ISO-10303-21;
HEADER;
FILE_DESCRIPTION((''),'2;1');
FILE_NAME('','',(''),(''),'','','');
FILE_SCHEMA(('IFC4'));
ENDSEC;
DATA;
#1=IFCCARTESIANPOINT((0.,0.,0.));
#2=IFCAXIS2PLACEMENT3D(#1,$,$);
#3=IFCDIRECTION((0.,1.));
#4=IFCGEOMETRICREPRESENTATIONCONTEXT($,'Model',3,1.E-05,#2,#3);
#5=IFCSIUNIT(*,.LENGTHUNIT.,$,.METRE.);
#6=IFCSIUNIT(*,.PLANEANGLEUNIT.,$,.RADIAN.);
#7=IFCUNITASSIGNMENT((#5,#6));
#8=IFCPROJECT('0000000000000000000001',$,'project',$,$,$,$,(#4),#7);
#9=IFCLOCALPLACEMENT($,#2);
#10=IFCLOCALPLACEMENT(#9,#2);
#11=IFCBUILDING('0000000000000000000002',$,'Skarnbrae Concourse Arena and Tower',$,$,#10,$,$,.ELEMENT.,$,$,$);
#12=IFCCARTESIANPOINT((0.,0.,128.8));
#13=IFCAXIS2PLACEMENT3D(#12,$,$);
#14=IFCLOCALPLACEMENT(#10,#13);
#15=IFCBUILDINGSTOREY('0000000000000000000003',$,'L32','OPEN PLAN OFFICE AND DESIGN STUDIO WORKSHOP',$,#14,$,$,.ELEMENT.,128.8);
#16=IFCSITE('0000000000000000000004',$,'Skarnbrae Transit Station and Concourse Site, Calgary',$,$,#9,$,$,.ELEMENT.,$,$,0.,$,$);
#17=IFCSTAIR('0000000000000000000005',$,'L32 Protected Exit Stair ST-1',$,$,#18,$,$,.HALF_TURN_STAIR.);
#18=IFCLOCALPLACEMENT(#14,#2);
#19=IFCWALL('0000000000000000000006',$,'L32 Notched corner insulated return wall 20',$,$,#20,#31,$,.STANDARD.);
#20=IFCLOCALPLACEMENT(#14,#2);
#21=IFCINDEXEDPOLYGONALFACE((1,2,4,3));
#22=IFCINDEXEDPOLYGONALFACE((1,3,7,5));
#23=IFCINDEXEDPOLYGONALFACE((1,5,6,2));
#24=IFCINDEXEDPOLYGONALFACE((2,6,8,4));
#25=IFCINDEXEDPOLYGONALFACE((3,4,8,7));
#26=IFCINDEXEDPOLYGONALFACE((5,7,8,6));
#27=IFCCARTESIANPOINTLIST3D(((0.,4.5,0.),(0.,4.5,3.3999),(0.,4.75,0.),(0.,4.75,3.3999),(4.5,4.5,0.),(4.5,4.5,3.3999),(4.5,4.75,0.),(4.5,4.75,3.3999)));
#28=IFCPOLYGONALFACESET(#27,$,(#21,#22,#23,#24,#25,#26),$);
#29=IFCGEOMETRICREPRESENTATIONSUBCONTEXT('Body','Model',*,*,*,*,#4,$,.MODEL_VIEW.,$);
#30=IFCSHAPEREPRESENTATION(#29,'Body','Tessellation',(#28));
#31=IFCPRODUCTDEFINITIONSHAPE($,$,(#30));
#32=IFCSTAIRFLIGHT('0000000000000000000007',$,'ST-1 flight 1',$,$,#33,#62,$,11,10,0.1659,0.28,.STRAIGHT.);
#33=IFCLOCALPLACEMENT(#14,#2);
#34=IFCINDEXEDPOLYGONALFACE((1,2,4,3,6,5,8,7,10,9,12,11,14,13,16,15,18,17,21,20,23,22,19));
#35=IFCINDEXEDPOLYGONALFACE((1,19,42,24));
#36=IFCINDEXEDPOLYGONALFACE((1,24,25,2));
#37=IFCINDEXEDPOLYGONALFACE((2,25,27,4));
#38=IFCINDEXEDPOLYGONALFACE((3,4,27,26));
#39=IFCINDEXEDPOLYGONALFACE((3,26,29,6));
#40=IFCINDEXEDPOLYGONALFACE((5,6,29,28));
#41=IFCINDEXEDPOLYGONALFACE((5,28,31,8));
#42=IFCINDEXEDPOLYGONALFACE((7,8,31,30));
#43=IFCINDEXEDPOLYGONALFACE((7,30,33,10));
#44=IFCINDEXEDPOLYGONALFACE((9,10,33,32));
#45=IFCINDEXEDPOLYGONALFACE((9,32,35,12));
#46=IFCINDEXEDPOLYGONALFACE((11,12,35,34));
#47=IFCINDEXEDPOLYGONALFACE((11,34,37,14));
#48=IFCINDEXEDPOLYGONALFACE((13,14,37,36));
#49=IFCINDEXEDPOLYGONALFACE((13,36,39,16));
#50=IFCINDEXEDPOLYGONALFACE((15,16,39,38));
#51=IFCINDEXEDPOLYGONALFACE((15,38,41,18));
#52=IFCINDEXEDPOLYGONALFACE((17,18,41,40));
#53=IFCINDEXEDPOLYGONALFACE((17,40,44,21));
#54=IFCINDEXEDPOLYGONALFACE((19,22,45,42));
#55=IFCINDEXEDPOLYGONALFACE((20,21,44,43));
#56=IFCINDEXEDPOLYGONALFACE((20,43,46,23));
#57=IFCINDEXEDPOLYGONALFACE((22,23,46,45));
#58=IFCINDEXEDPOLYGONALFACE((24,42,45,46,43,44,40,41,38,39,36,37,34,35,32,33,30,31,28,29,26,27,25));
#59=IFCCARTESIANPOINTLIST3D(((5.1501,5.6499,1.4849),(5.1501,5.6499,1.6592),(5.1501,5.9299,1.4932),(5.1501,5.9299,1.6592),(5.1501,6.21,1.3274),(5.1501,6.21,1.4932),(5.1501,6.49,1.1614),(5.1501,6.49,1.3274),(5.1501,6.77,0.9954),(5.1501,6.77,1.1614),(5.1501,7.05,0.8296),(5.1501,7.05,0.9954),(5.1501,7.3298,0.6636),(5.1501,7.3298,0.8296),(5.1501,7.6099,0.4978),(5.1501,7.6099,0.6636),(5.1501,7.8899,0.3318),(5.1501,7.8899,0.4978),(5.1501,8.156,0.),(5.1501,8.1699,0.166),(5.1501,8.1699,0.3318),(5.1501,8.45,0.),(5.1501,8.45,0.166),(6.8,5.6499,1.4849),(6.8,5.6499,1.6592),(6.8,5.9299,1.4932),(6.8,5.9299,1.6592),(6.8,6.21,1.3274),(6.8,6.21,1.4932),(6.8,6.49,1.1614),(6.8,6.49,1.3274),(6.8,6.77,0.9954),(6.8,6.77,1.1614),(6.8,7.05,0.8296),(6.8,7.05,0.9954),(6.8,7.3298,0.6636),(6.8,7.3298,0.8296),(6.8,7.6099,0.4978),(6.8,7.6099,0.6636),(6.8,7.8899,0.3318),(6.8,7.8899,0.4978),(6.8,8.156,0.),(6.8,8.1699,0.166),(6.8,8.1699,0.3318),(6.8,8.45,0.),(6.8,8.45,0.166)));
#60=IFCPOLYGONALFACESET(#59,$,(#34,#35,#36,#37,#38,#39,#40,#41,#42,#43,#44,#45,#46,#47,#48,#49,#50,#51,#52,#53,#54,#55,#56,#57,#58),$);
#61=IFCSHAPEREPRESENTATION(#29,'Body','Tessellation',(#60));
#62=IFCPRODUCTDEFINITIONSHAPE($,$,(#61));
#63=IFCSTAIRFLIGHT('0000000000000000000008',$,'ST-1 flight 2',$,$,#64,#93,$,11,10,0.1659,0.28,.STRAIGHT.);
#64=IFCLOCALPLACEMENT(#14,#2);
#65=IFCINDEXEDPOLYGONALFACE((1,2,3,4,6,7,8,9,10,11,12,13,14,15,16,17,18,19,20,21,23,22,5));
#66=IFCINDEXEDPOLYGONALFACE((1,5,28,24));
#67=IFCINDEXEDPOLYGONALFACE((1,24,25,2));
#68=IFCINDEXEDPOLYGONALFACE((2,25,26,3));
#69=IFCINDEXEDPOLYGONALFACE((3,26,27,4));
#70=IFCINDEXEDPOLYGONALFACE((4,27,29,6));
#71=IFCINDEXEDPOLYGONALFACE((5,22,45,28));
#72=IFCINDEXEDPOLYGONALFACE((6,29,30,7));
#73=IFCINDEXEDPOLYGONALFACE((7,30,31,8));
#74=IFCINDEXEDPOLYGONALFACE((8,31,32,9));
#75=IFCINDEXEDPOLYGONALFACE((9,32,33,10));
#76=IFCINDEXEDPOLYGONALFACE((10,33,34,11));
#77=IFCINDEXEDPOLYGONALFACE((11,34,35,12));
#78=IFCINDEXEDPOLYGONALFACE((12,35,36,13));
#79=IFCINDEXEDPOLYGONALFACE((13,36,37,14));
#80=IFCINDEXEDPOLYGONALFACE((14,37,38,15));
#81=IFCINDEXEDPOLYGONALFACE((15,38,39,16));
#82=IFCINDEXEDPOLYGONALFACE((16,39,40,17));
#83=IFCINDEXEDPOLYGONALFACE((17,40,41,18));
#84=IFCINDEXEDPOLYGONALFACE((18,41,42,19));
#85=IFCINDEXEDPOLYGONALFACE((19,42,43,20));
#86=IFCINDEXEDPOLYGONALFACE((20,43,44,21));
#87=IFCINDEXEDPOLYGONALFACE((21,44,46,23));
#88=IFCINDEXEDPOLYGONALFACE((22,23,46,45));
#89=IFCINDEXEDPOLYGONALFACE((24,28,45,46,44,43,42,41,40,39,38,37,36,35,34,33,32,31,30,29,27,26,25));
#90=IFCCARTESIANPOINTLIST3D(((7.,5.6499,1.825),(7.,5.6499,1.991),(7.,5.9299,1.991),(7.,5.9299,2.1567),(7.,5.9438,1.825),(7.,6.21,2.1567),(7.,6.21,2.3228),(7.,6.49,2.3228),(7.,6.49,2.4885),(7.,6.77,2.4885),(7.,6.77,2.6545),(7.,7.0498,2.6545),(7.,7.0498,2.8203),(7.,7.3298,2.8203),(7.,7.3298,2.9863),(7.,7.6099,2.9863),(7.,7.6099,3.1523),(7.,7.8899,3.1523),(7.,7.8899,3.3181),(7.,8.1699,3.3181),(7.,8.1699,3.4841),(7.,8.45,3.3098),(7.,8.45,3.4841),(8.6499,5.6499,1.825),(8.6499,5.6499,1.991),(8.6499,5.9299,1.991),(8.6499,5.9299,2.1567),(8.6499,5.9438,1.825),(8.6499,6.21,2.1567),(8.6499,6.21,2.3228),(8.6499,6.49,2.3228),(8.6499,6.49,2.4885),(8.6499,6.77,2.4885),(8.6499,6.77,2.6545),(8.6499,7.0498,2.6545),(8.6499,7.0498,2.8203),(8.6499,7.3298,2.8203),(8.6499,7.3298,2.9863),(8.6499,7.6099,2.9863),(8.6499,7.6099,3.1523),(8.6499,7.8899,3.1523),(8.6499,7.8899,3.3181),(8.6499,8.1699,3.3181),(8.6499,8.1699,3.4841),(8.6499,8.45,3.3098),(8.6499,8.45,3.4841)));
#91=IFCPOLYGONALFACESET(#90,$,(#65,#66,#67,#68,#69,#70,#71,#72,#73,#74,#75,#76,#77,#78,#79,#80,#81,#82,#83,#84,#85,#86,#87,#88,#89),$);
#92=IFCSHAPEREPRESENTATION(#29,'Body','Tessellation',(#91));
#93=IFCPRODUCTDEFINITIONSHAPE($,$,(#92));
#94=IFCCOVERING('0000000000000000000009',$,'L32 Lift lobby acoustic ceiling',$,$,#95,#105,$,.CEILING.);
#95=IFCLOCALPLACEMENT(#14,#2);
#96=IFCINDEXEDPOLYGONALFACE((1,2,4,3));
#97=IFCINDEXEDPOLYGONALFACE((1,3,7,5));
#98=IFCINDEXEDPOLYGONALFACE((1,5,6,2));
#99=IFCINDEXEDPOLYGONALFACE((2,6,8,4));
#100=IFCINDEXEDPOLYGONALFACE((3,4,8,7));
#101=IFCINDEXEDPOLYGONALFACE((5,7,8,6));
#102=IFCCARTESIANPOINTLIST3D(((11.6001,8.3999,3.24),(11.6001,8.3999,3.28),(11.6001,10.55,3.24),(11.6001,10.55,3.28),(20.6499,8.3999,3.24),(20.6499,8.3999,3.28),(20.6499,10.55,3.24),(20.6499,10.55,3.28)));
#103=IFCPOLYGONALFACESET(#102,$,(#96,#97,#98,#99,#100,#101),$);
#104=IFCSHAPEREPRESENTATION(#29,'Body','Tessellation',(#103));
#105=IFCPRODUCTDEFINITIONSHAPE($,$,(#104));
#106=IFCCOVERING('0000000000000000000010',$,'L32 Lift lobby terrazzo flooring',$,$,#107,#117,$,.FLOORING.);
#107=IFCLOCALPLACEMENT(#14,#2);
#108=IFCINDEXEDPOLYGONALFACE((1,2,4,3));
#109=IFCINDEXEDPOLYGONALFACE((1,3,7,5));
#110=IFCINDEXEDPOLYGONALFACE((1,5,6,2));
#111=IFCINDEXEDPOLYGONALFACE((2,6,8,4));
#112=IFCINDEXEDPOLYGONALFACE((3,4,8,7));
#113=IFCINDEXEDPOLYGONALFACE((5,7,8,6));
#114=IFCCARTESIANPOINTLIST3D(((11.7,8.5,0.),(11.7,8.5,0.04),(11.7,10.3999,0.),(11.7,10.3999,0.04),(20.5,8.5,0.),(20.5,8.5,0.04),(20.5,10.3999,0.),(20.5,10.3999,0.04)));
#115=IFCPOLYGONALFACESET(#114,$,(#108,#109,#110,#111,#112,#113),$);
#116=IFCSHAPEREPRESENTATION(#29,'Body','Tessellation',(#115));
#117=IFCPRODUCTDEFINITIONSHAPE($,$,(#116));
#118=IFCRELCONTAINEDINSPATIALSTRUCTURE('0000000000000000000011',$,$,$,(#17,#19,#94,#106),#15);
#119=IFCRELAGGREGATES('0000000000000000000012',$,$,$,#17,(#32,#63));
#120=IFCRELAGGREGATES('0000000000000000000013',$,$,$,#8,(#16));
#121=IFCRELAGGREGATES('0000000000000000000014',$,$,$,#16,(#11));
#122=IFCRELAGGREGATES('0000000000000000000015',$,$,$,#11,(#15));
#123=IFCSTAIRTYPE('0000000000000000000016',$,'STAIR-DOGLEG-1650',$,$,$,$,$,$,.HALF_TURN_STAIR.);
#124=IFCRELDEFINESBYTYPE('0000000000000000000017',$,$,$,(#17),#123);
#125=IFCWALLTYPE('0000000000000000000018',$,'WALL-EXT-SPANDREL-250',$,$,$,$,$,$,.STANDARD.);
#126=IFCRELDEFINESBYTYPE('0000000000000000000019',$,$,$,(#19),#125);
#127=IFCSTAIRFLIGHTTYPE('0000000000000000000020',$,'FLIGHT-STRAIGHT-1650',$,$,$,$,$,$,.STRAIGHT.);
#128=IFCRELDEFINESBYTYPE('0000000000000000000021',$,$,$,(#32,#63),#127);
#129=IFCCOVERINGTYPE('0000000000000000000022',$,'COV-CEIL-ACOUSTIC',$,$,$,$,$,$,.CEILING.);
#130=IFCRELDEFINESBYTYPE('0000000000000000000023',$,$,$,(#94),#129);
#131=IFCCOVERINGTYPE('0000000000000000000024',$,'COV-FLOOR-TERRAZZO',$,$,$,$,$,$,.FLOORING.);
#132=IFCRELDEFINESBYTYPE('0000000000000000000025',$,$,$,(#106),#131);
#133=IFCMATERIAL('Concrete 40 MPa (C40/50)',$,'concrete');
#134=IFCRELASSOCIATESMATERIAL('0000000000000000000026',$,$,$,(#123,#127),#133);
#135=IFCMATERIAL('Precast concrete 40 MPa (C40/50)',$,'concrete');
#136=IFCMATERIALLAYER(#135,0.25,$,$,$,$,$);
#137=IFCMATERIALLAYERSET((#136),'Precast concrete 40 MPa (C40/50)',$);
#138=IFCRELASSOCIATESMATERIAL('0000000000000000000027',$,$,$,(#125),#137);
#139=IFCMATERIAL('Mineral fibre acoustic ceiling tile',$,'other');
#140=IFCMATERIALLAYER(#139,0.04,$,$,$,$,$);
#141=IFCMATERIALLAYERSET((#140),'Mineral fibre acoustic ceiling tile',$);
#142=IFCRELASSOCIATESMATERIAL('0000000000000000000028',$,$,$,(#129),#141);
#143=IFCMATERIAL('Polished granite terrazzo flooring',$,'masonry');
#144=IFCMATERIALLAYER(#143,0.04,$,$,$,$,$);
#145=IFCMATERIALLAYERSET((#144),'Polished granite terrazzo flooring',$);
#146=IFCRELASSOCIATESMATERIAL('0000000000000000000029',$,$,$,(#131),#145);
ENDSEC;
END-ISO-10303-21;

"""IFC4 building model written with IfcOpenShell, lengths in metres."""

from ifc_helpers import new_model, si_unit, direction, frame, frame_2d, origin, place, context, subcontext, project, spatial, polyline, rectangle, outline, extrude, source, transform, mapped, material, layer, layer_set, type_object, element, aggregate, save


model = new_model("IFC4")

# Units and contexts
model_context = context("Model", 3, precision=1e-05, world=origin(), true_north=direction((0.0, 1.0)))
body_context = subcontext(model_context, "Body", "Model", "MODEL_VIEW")
ifc_project = project(units=[si_unit("LENGTHUNIT", "METRE"), si_unit("PLANEANGLEUNIT", "RADIAN")], contexts=[model_context])

# Site, building, storey
site_placement = place(None, origin())
site = spatial("IfcSite", under=ifc_project, at=site_placement, Name="Skarnbrae Transit Station and Concourse Site, Calgary", CompositionType="ELEMENT", RefElevation=0.0)
building_placement = place(site_placement, origin())
building = spatial("IfcBuilding", under=site, at=building_placement, Name="Skarnbrae Concourse Arena and Tower", CompositionType="ELEMENT")
storey_placement = place(building_placement, frame((0.0, 0.0, 128.8)))
storey = spatial("IfcBuildingStorey", under=building, at=storey_placement, Name="L32", Description="OPEN PLAN OFFICE AND DESIGN STUDIO WORKSHOP", CompositionType="ELEMENT", Elevation=128.8)

# Stair
ifc_material_1 = material(Name="Concrete 40 MPa (C40/50)", Category="concrete")
stair_type = type_object("IfcStairType", Name="STAIR-DOGLEG-1650", PredefinedType="HALF_TURN_STAIR", material=ifc_material_1)
stair_1_placement = place(storey_placement, origin())
stair_1 = element("IfcStair", 1, at=stair_1_placement, inside=storey, type_object=stair_type, Name="L32 Protected Exit Stair ST-1", PredefinedType="HALF_TURN_STAIR")

# Wall
ifc_material_2 = material(Name="Precast concrete 40 MPa (C40/50)", Category="concrete")
ifc_layer_1 = layer(ifc_material_2, 0.25)
ifc_layer_set_1 = layer_set([ifc_layer_1], Name="Precast concrete 40 MPa (C40/50)")
wall_type_1 = type_object("IfcWallType", Name="WALL-EXT-SPANDREL-250", PredefinedType="STANDARD", material=ifc_layer_set_1)
shared_shape_1 = source(origin(), body_context, "Body", "SweptSolid", [
    extrude(rectangle(XDim=4.5, YDim=0.25, at=frame_2d((2.25, 0.0))), origin(), (0.0, 0.0, 1.0), 3.3999),
])
wall_1_placement = place(storey_placement, frame((0.0, 4.625, 0.0), z_axis=(0.0, 0.0, 1.0), x_axis=(1.0, 0.0, 0.0)))
element("IfcWall", 2, at=wall_1_placement, inside=storey, type_object=wall_type_1, Name="L32 Notched corner insulated return wall 20", PredefinedType="STANDARD", context=body_context, shape_type="MappedRepresentation", body=[
    mapped(shared_shape_1, transform((0.0, 0.0, 0.0))),
])

# Stair flights
stair_flight_type = type_object("IfcStairFlightType", Name="FLIGHT-STRAIGHT-1650", PredefinedType="STRAIGHT", material=ifc_material_1)
shared_shape_2 = source(origin(), body_context, "Body", "SweptSolid", [
    extrude(outline(polyline([(0.0, 0.0), (0.0, 0.166), (0.28, 0.166), (0.28, 0.3318), (0.5601, 0.3318), (0.5601, 0.4978), (0.8401, 0.4978), (0.8401, 0.6636), (1.1201, 0.6636), (1.1201, 0.8296), (1.3999, 0.8296), (1.3999, 0.9954), (1.6799, 0.9954), (1.6799, 1.1614), (1.96, 1.1614), (1.96, 1.3274), (2.24, 1.3274), (2.24, 1.4932), (2.52, 1.4932), (2.52, 1.6592), (2.8, 1.6592), (2.8, 1.825), (2.8, 1.4849), (0.2939, 0.0), (0.0, 0.0)])), frame((0.0, 0.825, 0.0), z_axis=(0.0, -1.0, 0.0), x_axis=(1.0, 0.0, 0.0)), (0.0, 0.0, 1.0), 1.6499),
])
stair_flight_1_placement = place(storey_placement, frame((5.9751, 8.45, 0.0), z_axis=(0.0, 0.0, 1.0), x_axis=(0.0, -1.0, 0.0)))
stair_flight_1 = element("IfcStairFlight", 3, at=stair_flight_1_placement, type_object=stair_flight_type, Name="ST-1 flight 1", NumberOfRisers=11, NumberOfTreads=10, PredefinedType="STRAIGHT", RiserHeight=0.1659, TreadLength=0.28, context=body_context, shape_type="MappedRepresentation", body=[
    mapped(shared_shape_2, transform((0.0, 0.0, 0.0))),
])
stair_flight_2_placement = place(storey_placement, frame((7.825, 5.6499, 1.825), z_axis=(0.0, 0.0, 1.0), x_axis=(0.0, 1.0, 0.0)))
stair_flight_2 = element("IfcStairFlight", 4, at=stair_flight_2_placement, type_object=stair_flight_type, Name="ST-1 flight 2", NumberOfRisers=11, NumberOfTreads=10, PredefinedType="STRAIGHT", RiserHeight=0.1659, TreadLength=0.28, context=body_context, shape_type="MappedRepresentation", body=[
    mapped(shared_shape_2, transform((0.0, 0.0, 0.0))),
])
aggregate(stair_1, [stair_flight_1, stair_flight_2])

# Coverings
ifc_material_3 = material(Name="Mineral fibre acoustic ceiling tile", Category="other")
ifc_layer_2 = layer(ifc_material_3, 0.04)
ifc_layer_set_2 = layer_set([ifc_layer_2], Name="Mineral fibre acoustic ceiling tile")
covering_type_1 = type_object("IfcCoveringType", Name="COV-CEIL-ACOUSTIC", PredefinedType="CEILING", material=ifc_layer_set_2)
covering_1_placement = place(storey_placement, frame((0.0, 0.0, 3.24)))
element("IfcCovering", 5, at=covering_1_placement, inside=storey, type_object=covering_type_1, Name="L32 Lift lobby acoustic ceiling", PredefinedType="CEILING", context=body_context, shape_type="SweptSolid", body=[
    extrude(outline(polyline([(11.6001, 8.3999), (20.6499, 8.3999), (20.6499, 10.55), (11.6001, 10.55), (11.6001, 8.3999)])), origin(), (0.0, 0.0, 1.0), 0.04),
])
ifc_material_4 = material(Name="Polished granite terrazzo flooring", Category="masonry")
ifc_layer_3 = layer(ifc_material_4, 0.04)
ifc_layer_set_3 = layer_set([ifc_layer_3], Name="Polished granite terrazzo flooring")
covering_type_2 = type_object("IfcCoveringType", Name="COV-FLOOR-TERRAZZO", PredefinedType="FLOORING", material=ifc_layer_set_3)
covering_2_placement = place(storey_placement, origin())
element("IfcCovering", 6, at=covering_2_placement, inside=storey, type_object=covering_type_2, Name="L32 Lift lobby terrazzo flooring", PredefinedType="FLOORING", context=body_context, shape_type="SweptSolid", body=[
    extrude(outline(polyline([(11.7, 8.5), (20.5, 8.5), (20.5, 10.3999), (11.7, 10.3999), (11.7, 8.5)])), origin(), (0.0, 0.0, 1.0), 0.04),
])

save(model, "model.ifc")
